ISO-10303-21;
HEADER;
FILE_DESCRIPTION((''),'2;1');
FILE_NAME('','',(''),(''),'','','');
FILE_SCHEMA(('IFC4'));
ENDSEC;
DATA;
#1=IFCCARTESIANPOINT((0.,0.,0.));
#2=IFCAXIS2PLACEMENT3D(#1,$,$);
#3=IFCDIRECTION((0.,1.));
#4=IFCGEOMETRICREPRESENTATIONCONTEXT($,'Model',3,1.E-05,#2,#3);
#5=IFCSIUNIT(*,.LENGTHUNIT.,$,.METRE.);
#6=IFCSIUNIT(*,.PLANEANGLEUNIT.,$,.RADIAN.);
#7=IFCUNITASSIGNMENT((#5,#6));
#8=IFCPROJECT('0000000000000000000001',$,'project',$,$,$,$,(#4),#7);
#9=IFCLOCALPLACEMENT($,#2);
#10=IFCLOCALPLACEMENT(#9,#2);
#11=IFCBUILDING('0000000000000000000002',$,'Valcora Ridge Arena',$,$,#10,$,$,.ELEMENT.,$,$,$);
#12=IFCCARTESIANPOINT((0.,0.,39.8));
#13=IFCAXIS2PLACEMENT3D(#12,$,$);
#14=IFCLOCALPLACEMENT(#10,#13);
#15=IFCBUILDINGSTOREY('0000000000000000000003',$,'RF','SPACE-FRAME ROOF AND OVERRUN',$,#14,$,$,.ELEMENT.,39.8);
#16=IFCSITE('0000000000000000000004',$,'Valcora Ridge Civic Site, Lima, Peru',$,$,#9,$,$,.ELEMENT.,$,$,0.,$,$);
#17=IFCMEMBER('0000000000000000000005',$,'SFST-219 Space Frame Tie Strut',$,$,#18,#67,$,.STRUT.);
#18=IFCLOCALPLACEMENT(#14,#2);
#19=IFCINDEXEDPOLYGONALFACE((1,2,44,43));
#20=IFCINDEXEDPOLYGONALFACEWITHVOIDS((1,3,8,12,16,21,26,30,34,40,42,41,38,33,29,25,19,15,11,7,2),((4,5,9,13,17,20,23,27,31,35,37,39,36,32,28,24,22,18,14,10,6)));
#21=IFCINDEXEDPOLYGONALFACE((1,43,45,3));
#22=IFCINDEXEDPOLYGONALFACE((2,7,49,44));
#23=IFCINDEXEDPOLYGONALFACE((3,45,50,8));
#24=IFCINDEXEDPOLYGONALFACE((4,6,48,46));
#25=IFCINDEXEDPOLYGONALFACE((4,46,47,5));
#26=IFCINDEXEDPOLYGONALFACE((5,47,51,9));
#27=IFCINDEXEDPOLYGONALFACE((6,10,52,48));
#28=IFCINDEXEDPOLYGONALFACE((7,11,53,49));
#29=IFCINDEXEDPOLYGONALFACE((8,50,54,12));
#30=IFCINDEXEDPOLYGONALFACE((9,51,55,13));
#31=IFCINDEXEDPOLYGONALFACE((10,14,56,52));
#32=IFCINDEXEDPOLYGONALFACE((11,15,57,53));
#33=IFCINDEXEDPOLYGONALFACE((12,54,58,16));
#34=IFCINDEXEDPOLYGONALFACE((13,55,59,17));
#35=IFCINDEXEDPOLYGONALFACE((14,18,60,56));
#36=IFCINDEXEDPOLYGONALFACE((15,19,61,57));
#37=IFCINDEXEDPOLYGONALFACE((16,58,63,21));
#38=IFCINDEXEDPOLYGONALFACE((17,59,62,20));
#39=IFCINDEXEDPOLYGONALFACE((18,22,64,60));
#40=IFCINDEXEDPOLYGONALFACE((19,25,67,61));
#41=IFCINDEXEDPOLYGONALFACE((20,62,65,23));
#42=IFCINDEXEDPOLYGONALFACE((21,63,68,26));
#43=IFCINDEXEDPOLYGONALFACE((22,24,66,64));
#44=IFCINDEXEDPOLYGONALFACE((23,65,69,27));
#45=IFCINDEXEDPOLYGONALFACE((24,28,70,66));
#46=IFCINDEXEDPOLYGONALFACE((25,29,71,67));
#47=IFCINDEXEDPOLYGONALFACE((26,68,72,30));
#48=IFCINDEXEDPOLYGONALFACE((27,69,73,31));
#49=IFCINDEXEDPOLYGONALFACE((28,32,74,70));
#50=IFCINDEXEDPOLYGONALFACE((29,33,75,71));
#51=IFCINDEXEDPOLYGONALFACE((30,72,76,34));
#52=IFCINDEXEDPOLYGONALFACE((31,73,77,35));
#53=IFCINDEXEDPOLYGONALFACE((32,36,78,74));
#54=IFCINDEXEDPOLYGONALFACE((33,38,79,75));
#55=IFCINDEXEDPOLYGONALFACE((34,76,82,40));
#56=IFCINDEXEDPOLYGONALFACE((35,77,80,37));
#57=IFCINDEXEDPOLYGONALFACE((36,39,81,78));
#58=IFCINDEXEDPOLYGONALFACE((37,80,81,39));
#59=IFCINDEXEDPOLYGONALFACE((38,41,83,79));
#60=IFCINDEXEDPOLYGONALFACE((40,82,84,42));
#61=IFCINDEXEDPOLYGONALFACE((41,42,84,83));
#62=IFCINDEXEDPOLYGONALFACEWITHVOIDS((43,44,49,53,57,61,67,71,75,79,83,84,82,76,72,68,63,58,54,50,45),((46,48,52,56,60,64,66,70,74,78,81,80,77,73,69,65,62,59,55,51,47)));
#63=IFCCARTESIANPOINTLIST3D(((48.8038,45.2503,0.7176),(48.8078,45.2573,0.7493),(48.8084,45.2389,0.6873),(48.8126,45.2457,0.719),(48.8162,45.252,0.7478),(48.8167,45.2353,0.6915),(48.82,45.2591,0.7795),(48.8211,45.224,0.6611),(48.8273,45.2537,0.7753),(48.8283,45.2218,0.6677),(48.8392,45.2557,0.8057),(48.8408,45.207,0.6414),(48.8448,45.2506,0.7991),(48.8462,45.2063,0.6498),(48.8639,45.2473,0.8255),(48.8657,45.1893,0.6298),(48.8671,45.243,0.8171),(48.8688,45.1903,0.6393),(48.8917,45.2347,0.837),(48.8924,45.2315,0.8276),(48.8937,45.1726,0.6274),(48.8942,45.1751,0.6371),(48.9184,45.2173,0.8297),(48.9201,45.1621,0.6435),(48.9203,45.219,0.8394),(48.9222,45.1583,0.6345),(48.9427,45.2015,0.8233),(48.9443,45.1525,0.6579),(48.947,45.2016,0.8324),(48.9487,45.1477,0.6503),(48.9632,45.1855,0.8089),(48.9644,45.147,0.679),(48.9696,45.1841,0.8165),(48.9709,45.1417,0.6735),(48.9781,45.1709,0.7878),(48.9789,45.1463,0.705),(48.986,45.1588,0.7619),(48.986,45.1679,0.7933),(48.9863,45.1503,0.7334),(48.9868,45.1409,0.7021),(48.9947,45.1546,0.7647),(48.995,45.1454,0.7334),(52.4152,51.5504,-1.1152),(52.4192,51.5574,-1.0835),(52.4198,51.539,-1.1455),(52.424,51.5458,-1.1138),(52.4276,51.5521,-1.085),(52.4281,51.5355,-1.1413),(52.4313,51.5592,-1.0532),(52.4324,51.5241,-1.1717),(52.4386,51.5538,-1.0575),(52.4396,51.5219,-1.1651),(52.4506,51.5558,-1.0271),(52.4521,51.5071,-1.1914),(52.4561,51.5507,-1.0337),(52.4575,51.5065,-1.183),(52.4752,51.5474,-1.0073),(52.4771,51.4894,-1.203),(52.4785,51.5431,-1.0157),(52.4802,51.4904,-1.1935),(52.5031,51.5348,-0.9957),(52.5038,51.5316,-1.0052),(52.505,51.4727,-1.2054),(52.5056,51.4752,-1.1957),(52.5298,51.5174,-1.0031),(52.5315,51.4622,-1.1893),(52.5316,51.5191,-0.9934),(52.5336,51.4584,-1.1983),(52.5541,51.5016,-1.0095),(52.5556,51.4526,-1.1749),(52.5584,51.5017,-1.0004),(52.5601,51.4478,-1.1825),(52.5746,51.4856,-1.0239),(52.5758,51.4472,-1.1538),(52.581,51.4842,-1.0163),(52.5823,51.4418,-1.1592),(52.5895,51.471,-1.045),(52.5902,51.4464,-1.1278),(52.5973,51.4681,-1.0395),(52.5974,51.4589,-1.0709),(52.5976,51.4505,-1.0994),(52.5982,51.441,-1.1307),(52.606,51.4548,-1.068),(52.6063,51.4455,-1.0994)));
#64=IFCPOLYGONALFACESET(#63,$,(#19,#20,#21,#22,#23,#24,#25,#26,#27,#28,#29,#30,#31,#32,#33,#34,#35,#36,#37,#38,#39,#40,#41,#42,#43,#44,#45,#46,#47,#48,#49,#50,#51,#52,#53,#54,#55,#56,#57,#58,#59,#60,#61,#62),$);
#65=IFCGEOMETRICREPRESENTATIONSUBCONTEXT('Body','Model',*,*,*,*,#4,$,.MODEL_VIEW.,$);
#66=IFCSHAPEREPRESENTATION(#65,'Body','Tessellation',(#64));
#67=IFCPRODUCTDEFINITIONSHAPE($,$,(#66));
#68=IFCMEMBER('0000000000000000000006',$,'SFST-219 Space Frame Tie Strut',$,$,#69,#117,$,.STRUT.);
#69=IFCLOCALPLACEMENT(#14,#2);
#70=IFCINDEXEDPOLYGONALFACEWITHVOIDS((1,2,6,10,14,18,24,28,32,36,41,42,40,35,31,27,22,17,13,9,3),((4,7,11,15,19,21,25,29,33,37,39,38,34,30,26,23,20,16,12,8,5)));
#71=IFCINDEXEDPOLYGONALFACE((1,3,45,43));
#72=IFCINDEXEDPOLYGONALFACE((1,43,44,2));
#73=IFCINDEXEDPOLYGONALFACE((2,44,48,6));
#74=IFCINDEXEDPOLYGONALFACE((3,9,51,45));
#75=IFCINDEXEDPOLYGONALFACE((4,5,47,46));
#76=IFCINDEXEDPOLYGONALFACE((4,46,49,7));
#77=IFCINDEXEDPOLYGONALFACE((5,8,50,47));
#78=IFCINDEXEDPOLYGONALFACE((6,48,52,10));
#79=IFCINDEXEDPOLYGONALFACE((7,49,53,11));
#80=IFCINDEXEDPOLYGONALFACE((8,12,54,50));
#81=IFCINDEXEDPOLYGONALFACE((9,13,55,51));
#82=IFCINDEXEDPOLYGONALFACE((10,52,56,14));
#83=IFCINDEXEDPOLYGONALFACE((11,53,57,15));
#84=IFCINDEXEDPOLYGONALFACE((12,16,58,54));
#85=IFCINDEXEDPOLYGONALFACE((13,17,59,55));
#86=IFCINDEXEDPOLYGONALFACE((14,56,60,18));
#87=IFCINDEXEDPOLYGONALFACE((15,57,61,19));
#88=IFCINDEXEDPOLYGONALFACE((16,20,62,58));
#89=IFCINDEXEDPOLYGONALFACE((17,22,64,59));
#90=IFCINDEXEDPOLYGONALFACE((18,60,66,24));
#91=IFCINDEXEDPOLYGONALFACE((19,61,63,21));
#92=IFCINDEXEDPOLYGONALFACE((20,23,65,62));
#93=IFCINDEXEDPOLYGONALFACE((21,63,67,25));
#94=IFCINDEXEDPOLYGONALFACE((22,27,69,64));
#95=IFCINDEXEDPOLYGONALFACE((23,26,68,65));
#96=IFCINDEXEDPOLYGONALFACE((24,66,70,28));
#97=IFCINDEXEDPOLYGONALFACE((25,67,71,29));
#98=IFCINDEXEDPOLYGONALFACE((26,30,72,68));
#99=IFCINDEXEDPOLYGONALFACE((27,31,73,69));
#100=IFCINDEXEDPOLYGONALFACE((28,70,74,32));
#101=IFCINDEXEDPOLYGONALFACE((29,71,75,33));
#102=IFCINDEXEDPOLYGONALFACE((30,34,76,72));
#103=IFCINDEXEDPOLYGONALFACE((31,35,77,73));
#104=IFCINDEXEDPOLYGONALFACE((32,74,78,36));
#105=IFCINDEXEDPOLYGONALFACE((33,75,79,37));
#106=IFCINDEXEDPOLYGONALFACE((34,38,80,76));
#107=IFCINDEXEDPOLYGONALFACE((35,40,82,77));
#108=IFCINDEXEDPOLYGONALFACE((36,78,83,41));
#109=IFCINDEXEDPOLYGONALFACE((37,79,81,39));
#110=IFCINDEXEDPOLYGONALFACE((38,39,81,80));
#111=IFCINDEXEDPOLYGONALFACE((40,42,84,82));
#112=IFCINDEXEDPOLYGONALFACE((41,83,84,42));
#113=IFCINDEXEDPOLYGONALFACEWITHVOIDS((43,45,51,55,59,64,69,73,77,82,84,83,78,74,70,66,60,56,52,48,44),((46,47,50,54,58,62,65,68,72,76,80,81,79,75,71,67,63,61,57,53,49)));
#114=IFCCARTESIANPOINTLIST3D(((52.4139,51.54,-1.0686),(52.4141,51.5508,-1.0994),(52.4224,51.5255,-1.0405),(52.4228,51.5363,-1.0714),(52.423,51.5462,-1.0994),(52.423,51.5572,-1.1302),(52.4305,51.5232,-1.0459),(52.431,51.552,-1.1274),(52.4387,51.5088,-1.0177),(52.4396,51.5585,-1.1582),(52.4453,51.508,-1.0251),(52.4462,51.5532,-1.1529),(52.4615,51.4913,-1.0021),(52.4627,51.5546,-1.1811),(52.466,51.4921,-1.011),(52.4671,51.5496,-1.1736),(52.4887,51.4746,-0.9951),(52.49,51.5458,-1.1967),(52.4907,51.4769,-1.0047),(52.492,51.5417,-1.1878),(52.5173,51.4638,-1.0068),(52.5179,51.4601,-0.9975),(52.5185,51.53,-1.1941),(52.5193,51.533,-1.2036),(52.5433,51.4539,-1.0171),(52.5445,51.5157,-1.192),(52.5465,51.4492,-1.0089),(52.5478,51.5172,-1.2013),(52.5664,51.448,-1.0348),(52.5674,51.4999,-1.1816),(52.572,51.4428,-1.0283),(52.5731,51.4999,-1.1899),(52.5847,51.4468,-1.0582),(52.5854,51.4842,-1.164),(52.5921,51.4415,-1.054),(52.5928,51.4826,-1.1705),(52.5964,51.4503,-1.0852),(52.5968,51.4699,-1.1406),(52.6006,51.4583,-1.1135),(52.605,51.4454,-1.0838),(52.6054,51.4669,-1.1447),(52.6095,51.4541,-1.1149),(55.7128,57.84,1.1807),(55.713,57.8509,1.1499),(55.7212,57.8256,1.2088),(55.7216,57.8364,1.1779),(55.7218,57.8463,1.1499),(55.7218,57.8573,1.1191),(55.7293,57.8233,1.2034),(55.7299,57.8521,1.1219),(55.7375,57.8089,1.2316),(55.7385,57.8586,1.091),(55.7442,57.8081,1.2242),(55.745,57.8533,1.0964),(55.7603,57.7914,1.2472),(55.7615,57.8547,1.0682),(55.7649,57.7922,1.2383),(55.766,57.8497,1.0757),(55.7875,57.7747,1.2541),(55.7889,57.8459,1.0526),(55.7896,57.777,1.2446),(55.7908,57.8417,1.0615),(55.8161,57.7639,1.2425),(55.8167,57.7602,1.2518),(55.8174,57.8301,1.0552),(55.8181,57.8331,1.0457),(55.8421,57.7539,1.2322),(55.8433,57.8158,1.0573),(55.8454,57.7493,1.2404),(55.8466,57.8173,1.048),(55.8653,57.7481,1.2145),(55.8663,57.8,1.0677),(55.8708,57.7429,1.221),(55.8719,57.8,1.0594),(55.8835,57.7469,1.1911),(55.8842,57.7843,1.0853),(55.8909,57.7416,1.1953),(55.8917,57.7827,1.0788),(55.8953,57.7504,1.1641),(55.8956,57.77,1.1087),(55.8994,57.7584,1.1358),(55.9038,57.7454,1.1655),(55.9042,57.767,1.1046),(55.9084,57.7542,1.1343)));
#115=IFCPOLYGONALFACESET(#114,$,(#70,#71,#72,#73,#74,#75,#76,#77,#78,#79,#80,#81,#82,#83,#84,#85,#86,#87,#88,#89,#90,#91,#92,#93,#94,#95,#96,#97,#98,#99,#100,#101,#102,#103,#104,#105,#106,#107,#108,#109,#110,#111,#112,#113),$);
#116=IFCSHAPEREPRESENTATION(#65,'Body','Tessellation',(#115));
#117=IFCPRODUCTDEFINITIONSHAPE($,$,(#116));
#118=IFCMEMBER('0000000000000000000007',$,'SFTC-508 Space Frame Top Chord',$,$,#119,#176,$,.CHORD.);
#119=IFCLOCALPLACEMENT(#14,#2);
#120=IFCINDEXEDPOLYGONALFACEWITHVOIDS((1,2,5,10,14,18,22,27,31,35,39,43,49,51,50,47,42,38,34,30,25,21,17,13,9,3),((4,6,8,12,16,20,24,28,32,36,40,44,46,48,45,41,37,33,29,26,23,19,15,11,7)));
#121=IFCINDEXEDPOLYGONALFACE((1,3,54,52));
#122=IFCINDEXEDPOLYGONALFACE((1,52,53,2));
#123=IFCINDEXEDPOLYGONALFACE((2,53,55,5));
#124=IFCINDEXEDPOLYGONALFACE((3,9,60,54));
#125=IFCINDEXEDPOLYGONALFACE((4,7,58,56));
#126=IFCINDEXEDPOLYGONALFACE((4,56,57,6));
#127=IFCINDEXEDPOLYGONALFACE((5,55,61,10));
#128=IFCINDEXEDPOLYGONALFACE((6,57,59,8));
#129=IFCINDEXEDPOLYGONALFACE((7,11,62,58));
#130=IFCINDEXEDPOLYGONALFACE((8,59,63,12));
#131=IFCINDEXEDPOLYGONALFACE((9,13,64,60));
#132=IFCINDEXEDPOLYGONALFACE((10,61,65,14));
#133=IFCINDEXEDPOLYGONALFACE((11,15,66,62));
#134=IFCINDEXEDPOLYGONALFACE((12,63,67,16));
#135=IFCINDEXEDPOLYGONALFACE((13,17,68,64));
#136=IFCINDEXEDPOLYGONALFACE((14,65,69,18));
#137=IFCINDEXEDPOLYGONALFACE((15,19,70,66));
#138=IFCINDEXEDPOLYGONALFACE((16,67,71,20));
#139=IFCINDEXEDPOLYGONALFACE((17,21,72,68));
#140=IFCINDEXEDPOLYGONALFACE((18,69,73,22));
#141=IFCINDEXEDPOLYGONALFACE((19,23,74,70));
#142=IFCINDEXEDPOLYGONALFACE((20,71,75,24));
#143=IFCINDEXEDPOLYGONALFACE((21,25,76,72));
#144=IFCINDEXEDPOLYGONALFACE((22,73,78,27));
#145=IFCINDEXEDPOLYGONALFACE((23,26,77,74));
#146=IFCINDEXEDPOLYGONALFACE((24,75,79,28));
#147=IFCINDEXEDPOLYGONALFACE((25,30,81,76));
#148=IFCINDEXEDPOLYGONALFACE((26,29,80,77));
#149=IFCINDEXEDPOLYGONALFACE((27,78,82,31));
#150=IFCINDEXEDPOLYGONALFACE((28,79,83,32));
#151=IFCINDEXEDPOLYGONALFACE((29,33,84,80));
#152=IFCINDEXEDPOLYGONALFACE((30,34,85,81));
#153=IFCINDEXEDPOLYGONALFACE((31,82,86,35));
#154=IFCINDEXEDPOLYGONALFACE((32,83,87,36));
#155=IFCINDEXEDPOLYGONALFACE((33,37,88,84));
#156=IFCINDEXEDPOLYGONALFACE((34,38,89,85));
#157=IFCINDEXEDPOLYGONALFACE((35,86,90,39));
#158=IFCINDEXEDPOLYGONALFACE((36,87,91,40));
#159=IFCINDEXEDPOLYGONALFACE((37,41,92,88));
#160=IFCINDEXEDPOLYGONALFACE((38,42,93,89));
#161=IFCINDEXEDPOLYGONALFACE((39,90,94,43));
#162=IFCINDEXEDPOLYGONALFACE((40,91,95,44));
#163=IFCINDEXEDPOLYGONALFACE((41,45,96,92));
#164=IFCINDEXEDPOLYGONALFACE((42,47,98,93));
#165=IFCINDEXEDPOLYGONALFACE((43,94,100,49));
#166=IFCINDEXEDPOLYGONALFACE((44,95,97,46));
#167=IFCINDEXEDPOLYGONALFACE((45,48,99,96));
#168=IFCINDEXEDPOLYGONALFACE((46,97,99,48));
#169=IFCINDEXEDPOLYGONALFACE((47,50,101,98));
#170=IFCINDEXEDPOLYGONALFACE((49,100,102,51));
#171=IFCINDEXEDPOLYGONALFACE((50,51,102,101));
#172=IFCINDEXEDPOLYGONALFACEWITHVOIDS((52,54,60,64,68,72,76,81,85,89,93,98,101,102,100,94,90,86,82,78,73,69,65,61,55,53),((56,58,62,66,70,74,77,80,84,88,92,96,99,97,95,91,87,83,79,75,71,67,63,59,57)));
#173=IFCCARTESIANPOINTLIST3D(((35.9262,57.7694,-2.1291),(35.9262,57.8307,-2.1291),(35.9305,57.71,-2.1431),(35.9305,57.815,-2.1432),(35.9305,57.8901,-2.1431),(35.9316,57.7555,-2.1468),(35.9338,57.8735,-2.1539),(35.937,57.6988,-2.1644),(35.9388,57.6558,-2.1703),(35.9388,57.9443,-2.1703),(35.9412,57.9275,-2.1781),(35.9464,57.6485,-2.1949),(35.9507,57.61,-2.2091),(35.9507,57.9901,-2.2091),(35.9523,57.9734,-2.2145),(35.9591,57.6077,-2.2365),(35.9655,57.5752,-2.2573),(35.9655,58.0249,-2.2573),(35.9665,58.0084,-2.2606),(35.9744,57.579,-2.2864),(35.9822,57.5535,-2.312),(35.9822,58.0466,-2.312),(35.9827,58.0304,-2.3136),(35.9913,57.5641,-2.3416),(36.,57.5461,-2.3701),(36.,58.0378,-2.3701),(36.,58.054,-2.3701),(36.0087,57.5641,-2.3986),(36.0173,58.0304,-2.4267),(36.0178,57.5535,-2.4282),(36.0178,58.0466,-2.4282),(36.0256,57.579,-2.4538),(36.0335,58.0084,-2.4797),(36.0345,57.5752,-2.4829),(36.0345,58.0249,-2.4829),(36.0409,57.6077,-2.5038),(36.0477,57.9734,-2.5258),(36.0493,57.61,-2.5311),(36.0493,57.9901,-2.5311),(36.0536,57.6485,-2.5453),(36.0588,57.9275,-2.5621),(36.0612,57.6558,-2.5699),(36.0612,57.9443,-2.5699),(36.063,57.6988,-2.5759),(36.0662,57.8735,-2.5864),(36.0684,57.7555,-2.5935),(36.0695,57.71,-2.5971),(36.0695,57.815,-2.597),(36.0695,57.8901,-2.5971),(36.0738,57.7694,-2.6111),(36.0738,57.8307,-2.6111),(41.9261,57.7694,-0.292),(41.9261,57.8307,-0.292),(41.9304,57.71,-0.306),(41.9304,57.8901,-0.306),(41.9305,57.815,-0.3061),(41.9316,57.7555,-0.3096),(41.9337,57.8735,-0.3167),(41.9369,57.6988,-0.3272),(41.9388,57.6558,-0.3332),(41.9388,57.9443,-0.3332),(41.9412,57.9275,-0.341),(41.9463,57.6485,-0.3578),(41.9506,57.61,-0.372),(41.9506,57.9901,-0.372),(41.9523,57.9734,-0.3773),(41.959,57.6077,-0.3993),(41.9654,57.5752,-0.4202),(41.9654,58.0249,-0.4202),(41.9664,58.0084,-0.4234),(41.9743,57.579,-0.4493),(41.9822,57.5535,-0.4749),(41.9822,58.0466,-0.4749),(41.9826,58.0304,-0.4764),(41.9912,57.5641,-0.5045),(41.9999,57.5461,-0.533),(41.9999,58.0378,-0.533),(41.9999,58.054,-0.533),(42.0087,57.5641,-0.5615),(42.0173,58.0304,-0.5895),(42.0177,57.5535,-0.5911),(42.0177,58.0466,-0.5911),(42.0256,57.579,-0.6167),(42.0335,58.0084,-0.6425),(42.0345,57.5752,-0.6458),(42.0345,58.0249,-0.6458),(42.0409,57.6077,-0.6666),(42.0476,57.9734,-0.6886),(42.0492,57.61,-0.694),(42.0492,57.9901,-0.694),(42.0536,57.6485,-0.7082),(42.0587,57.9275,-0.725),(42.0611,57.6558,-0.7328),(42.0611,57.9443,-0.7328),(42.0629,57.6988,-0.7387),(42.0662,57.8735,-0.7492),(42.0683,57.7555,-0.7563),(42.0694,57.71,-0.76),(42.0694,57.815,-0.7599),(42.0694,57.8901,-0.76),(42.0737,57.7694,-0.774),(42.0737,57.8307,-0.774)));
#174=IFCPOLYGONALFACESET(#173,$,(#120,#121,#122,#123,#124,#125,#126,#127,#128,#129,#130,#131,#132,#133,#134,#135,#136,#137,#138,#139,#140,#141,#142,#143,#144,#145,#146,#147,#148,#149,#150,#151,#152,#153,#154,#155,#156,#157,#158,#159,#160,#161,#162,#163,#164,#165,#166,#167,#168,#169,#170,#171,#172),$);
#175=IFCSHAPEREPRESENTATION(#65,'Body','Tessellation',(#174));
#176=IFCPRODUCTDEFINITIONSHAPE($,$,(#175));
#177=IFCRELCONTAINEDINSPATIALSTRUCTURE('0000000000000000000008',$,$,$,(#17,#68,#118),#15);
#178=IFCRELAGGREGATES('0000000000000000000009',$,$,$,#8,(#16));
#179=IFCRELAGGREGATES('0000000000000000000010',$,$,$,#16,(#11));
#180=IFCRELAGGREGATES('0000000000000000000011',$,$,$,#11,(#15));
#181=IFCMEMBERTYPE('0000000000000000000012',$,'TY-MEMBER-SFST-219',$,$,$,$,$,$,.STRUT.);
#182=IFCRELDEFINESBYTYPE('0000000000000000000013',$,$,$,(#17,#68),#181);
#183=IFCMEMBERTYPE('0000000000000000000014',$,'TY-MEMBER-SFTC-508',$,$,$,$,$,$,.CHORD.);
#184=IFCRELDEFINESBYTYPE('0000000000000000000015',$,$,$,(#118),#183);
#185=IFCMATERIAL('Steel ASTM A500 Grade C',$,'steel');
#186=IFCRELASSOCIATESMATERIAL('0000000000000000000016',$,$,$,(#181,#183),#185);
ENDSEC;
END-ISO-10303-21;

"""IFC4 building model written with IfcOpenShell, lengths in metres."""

from ifc_helpers import new_model, si_unit, direction, frame, origin, origin_2d, place, context, subcontext, project, spatial, hollow_circle, extrude, material, material_profile, profile_set, type_object, element, save


model = new_model("IFC4")

# Units and contexts
model_context = context("Model", 3, precision=1e-05, world=origin(), true_north=direction((0.0, 1.0)))
body_context = subcontext(model_context, "Body", "Model", "MODEL_VIEW")
ifc_project = project(units=[si_unit("LENGTHUNIT", "METRE"), si_unit("PLANEANGLEUNIT", "RADIAN")], contexts=[model_context])

# Site, building, storey
site_placement = place(None, origin())
site = spatial("IfcSite", under=ifc_project, at=site_placement, Name="Valcora Ridge Civic Site, Lima, Peru", CompositionType="ELEMENT", RefElevation=0.0)
building_placement = place(site_placement, origin())
building = spatial("IfcBuilding", under=site, at=building_placement, Name="Valcora Ridge Arena", CompositionType="ELEMENT")
storey_placement = place(building_placement, frame((0.0, 0.0, 39.8)))
storey = spatial("IfcBuildingStorey", under=building, at=storey_placement, Name="RF", Description="SPACE-FRAME ROOF AND OVERRUN", CompositionType="ELEMENT", Elevation=39.8)

# Members
ifc_material_1 = material(Name="Steel ASTM A500 Grade C", Category="steel")
ifc_material_profile_1 = material_profile(ifc_material_1, hollow_circle(Radius=0.1096, WallThickness=0.01, at=origin_2d()), Name="CHS219X10")
ifc_profile_set_1 = profile_set([ifc_material_profile_1], Name="Steel ASTM A500 Grade C")
member_type_1 = type_object("IfcMemberType", Name="TY-MEMBER-SFST-219", PredefinedType="STRUT", material=ifc_profile_set_1)
member_1_placement = place(storey_placement, frame((52.5112, 51.5, -1.0994), z_axis=(-0.482191, -0.841194, 0.244714), x_axis=(0.867572, -0.497312, 0.0)))
element("IfcMember", 1, at=member_1_placement, inside=storey, type_object=member_type_1, Name="SFST-219 Space Frame Tie Strut", PredefinedType="STRUT", context=body_context, shape_type="SweptSolid", body=[
    extrude(hollow_circle(Radius=0.1096, WallThickness=0.01, at=origin_2d()), origin(), (0.0, 0.0, 1.0), 7.4895),
])
member_2_placement = place(storey_placement, frame((52.5112, 51.5, -1.0994), z_axis=(0.44228, 0.844659, 0.301563), x_axis=(-0.885901, 0.463875, 0.0)))
element("IfcMember", 2, at=member_2_placement, inside=storey, type_object=member_type_1, Name="SFST-219 Space Frame Tie Strut", PredefinedType="STRUT", context=body_context, shape_type="SweptSolid", body=[
    extrude(hollow_circle(Radius=0.1096, WallThickness=0.01, at=origin_2d()), origin(), (0.0, 0.0, 1.0), 7.4587),
])
ifc_material_profile_2 = material_profile(ifc_material_1, hollow_circle(Radius=0.2539, WallThickness=0.0161, at=origin_2d()), Name="CHS508X16")
ifc_profile_set_2 = profile_set([ifc_material_profile_2], Name="Steel ASTM A500 Grade C")
member_type_2 = type_object("IfcMemberType", Name="TY-MEMBER-SFTC-508", PredefinedType="CHORD", material=ifc_profile_set_2)
member_3_placement = place(storey_placement, frame((36.0, 57.8, -2.3701), z_axis=(0.956181, 0.0, 0.292776), x_axis=(0.0, 1.0, 0.0)))
element("IfcMember", 3, at=member_3_placement, inside=storey, type_object=member_type_2, Name="SFTC-508 Space Frame Top Chord", PredefinedType="CHORD", context=body_context, shape_type="SweptSolid", body=[
    extrude(hollow_circle(Radius=0.2539, WallThickness=0.0161, at=origin_2d()), origin(), (0.0, 0.0, 1.0), 6.2749),
])

save(model, "model.ifc")
